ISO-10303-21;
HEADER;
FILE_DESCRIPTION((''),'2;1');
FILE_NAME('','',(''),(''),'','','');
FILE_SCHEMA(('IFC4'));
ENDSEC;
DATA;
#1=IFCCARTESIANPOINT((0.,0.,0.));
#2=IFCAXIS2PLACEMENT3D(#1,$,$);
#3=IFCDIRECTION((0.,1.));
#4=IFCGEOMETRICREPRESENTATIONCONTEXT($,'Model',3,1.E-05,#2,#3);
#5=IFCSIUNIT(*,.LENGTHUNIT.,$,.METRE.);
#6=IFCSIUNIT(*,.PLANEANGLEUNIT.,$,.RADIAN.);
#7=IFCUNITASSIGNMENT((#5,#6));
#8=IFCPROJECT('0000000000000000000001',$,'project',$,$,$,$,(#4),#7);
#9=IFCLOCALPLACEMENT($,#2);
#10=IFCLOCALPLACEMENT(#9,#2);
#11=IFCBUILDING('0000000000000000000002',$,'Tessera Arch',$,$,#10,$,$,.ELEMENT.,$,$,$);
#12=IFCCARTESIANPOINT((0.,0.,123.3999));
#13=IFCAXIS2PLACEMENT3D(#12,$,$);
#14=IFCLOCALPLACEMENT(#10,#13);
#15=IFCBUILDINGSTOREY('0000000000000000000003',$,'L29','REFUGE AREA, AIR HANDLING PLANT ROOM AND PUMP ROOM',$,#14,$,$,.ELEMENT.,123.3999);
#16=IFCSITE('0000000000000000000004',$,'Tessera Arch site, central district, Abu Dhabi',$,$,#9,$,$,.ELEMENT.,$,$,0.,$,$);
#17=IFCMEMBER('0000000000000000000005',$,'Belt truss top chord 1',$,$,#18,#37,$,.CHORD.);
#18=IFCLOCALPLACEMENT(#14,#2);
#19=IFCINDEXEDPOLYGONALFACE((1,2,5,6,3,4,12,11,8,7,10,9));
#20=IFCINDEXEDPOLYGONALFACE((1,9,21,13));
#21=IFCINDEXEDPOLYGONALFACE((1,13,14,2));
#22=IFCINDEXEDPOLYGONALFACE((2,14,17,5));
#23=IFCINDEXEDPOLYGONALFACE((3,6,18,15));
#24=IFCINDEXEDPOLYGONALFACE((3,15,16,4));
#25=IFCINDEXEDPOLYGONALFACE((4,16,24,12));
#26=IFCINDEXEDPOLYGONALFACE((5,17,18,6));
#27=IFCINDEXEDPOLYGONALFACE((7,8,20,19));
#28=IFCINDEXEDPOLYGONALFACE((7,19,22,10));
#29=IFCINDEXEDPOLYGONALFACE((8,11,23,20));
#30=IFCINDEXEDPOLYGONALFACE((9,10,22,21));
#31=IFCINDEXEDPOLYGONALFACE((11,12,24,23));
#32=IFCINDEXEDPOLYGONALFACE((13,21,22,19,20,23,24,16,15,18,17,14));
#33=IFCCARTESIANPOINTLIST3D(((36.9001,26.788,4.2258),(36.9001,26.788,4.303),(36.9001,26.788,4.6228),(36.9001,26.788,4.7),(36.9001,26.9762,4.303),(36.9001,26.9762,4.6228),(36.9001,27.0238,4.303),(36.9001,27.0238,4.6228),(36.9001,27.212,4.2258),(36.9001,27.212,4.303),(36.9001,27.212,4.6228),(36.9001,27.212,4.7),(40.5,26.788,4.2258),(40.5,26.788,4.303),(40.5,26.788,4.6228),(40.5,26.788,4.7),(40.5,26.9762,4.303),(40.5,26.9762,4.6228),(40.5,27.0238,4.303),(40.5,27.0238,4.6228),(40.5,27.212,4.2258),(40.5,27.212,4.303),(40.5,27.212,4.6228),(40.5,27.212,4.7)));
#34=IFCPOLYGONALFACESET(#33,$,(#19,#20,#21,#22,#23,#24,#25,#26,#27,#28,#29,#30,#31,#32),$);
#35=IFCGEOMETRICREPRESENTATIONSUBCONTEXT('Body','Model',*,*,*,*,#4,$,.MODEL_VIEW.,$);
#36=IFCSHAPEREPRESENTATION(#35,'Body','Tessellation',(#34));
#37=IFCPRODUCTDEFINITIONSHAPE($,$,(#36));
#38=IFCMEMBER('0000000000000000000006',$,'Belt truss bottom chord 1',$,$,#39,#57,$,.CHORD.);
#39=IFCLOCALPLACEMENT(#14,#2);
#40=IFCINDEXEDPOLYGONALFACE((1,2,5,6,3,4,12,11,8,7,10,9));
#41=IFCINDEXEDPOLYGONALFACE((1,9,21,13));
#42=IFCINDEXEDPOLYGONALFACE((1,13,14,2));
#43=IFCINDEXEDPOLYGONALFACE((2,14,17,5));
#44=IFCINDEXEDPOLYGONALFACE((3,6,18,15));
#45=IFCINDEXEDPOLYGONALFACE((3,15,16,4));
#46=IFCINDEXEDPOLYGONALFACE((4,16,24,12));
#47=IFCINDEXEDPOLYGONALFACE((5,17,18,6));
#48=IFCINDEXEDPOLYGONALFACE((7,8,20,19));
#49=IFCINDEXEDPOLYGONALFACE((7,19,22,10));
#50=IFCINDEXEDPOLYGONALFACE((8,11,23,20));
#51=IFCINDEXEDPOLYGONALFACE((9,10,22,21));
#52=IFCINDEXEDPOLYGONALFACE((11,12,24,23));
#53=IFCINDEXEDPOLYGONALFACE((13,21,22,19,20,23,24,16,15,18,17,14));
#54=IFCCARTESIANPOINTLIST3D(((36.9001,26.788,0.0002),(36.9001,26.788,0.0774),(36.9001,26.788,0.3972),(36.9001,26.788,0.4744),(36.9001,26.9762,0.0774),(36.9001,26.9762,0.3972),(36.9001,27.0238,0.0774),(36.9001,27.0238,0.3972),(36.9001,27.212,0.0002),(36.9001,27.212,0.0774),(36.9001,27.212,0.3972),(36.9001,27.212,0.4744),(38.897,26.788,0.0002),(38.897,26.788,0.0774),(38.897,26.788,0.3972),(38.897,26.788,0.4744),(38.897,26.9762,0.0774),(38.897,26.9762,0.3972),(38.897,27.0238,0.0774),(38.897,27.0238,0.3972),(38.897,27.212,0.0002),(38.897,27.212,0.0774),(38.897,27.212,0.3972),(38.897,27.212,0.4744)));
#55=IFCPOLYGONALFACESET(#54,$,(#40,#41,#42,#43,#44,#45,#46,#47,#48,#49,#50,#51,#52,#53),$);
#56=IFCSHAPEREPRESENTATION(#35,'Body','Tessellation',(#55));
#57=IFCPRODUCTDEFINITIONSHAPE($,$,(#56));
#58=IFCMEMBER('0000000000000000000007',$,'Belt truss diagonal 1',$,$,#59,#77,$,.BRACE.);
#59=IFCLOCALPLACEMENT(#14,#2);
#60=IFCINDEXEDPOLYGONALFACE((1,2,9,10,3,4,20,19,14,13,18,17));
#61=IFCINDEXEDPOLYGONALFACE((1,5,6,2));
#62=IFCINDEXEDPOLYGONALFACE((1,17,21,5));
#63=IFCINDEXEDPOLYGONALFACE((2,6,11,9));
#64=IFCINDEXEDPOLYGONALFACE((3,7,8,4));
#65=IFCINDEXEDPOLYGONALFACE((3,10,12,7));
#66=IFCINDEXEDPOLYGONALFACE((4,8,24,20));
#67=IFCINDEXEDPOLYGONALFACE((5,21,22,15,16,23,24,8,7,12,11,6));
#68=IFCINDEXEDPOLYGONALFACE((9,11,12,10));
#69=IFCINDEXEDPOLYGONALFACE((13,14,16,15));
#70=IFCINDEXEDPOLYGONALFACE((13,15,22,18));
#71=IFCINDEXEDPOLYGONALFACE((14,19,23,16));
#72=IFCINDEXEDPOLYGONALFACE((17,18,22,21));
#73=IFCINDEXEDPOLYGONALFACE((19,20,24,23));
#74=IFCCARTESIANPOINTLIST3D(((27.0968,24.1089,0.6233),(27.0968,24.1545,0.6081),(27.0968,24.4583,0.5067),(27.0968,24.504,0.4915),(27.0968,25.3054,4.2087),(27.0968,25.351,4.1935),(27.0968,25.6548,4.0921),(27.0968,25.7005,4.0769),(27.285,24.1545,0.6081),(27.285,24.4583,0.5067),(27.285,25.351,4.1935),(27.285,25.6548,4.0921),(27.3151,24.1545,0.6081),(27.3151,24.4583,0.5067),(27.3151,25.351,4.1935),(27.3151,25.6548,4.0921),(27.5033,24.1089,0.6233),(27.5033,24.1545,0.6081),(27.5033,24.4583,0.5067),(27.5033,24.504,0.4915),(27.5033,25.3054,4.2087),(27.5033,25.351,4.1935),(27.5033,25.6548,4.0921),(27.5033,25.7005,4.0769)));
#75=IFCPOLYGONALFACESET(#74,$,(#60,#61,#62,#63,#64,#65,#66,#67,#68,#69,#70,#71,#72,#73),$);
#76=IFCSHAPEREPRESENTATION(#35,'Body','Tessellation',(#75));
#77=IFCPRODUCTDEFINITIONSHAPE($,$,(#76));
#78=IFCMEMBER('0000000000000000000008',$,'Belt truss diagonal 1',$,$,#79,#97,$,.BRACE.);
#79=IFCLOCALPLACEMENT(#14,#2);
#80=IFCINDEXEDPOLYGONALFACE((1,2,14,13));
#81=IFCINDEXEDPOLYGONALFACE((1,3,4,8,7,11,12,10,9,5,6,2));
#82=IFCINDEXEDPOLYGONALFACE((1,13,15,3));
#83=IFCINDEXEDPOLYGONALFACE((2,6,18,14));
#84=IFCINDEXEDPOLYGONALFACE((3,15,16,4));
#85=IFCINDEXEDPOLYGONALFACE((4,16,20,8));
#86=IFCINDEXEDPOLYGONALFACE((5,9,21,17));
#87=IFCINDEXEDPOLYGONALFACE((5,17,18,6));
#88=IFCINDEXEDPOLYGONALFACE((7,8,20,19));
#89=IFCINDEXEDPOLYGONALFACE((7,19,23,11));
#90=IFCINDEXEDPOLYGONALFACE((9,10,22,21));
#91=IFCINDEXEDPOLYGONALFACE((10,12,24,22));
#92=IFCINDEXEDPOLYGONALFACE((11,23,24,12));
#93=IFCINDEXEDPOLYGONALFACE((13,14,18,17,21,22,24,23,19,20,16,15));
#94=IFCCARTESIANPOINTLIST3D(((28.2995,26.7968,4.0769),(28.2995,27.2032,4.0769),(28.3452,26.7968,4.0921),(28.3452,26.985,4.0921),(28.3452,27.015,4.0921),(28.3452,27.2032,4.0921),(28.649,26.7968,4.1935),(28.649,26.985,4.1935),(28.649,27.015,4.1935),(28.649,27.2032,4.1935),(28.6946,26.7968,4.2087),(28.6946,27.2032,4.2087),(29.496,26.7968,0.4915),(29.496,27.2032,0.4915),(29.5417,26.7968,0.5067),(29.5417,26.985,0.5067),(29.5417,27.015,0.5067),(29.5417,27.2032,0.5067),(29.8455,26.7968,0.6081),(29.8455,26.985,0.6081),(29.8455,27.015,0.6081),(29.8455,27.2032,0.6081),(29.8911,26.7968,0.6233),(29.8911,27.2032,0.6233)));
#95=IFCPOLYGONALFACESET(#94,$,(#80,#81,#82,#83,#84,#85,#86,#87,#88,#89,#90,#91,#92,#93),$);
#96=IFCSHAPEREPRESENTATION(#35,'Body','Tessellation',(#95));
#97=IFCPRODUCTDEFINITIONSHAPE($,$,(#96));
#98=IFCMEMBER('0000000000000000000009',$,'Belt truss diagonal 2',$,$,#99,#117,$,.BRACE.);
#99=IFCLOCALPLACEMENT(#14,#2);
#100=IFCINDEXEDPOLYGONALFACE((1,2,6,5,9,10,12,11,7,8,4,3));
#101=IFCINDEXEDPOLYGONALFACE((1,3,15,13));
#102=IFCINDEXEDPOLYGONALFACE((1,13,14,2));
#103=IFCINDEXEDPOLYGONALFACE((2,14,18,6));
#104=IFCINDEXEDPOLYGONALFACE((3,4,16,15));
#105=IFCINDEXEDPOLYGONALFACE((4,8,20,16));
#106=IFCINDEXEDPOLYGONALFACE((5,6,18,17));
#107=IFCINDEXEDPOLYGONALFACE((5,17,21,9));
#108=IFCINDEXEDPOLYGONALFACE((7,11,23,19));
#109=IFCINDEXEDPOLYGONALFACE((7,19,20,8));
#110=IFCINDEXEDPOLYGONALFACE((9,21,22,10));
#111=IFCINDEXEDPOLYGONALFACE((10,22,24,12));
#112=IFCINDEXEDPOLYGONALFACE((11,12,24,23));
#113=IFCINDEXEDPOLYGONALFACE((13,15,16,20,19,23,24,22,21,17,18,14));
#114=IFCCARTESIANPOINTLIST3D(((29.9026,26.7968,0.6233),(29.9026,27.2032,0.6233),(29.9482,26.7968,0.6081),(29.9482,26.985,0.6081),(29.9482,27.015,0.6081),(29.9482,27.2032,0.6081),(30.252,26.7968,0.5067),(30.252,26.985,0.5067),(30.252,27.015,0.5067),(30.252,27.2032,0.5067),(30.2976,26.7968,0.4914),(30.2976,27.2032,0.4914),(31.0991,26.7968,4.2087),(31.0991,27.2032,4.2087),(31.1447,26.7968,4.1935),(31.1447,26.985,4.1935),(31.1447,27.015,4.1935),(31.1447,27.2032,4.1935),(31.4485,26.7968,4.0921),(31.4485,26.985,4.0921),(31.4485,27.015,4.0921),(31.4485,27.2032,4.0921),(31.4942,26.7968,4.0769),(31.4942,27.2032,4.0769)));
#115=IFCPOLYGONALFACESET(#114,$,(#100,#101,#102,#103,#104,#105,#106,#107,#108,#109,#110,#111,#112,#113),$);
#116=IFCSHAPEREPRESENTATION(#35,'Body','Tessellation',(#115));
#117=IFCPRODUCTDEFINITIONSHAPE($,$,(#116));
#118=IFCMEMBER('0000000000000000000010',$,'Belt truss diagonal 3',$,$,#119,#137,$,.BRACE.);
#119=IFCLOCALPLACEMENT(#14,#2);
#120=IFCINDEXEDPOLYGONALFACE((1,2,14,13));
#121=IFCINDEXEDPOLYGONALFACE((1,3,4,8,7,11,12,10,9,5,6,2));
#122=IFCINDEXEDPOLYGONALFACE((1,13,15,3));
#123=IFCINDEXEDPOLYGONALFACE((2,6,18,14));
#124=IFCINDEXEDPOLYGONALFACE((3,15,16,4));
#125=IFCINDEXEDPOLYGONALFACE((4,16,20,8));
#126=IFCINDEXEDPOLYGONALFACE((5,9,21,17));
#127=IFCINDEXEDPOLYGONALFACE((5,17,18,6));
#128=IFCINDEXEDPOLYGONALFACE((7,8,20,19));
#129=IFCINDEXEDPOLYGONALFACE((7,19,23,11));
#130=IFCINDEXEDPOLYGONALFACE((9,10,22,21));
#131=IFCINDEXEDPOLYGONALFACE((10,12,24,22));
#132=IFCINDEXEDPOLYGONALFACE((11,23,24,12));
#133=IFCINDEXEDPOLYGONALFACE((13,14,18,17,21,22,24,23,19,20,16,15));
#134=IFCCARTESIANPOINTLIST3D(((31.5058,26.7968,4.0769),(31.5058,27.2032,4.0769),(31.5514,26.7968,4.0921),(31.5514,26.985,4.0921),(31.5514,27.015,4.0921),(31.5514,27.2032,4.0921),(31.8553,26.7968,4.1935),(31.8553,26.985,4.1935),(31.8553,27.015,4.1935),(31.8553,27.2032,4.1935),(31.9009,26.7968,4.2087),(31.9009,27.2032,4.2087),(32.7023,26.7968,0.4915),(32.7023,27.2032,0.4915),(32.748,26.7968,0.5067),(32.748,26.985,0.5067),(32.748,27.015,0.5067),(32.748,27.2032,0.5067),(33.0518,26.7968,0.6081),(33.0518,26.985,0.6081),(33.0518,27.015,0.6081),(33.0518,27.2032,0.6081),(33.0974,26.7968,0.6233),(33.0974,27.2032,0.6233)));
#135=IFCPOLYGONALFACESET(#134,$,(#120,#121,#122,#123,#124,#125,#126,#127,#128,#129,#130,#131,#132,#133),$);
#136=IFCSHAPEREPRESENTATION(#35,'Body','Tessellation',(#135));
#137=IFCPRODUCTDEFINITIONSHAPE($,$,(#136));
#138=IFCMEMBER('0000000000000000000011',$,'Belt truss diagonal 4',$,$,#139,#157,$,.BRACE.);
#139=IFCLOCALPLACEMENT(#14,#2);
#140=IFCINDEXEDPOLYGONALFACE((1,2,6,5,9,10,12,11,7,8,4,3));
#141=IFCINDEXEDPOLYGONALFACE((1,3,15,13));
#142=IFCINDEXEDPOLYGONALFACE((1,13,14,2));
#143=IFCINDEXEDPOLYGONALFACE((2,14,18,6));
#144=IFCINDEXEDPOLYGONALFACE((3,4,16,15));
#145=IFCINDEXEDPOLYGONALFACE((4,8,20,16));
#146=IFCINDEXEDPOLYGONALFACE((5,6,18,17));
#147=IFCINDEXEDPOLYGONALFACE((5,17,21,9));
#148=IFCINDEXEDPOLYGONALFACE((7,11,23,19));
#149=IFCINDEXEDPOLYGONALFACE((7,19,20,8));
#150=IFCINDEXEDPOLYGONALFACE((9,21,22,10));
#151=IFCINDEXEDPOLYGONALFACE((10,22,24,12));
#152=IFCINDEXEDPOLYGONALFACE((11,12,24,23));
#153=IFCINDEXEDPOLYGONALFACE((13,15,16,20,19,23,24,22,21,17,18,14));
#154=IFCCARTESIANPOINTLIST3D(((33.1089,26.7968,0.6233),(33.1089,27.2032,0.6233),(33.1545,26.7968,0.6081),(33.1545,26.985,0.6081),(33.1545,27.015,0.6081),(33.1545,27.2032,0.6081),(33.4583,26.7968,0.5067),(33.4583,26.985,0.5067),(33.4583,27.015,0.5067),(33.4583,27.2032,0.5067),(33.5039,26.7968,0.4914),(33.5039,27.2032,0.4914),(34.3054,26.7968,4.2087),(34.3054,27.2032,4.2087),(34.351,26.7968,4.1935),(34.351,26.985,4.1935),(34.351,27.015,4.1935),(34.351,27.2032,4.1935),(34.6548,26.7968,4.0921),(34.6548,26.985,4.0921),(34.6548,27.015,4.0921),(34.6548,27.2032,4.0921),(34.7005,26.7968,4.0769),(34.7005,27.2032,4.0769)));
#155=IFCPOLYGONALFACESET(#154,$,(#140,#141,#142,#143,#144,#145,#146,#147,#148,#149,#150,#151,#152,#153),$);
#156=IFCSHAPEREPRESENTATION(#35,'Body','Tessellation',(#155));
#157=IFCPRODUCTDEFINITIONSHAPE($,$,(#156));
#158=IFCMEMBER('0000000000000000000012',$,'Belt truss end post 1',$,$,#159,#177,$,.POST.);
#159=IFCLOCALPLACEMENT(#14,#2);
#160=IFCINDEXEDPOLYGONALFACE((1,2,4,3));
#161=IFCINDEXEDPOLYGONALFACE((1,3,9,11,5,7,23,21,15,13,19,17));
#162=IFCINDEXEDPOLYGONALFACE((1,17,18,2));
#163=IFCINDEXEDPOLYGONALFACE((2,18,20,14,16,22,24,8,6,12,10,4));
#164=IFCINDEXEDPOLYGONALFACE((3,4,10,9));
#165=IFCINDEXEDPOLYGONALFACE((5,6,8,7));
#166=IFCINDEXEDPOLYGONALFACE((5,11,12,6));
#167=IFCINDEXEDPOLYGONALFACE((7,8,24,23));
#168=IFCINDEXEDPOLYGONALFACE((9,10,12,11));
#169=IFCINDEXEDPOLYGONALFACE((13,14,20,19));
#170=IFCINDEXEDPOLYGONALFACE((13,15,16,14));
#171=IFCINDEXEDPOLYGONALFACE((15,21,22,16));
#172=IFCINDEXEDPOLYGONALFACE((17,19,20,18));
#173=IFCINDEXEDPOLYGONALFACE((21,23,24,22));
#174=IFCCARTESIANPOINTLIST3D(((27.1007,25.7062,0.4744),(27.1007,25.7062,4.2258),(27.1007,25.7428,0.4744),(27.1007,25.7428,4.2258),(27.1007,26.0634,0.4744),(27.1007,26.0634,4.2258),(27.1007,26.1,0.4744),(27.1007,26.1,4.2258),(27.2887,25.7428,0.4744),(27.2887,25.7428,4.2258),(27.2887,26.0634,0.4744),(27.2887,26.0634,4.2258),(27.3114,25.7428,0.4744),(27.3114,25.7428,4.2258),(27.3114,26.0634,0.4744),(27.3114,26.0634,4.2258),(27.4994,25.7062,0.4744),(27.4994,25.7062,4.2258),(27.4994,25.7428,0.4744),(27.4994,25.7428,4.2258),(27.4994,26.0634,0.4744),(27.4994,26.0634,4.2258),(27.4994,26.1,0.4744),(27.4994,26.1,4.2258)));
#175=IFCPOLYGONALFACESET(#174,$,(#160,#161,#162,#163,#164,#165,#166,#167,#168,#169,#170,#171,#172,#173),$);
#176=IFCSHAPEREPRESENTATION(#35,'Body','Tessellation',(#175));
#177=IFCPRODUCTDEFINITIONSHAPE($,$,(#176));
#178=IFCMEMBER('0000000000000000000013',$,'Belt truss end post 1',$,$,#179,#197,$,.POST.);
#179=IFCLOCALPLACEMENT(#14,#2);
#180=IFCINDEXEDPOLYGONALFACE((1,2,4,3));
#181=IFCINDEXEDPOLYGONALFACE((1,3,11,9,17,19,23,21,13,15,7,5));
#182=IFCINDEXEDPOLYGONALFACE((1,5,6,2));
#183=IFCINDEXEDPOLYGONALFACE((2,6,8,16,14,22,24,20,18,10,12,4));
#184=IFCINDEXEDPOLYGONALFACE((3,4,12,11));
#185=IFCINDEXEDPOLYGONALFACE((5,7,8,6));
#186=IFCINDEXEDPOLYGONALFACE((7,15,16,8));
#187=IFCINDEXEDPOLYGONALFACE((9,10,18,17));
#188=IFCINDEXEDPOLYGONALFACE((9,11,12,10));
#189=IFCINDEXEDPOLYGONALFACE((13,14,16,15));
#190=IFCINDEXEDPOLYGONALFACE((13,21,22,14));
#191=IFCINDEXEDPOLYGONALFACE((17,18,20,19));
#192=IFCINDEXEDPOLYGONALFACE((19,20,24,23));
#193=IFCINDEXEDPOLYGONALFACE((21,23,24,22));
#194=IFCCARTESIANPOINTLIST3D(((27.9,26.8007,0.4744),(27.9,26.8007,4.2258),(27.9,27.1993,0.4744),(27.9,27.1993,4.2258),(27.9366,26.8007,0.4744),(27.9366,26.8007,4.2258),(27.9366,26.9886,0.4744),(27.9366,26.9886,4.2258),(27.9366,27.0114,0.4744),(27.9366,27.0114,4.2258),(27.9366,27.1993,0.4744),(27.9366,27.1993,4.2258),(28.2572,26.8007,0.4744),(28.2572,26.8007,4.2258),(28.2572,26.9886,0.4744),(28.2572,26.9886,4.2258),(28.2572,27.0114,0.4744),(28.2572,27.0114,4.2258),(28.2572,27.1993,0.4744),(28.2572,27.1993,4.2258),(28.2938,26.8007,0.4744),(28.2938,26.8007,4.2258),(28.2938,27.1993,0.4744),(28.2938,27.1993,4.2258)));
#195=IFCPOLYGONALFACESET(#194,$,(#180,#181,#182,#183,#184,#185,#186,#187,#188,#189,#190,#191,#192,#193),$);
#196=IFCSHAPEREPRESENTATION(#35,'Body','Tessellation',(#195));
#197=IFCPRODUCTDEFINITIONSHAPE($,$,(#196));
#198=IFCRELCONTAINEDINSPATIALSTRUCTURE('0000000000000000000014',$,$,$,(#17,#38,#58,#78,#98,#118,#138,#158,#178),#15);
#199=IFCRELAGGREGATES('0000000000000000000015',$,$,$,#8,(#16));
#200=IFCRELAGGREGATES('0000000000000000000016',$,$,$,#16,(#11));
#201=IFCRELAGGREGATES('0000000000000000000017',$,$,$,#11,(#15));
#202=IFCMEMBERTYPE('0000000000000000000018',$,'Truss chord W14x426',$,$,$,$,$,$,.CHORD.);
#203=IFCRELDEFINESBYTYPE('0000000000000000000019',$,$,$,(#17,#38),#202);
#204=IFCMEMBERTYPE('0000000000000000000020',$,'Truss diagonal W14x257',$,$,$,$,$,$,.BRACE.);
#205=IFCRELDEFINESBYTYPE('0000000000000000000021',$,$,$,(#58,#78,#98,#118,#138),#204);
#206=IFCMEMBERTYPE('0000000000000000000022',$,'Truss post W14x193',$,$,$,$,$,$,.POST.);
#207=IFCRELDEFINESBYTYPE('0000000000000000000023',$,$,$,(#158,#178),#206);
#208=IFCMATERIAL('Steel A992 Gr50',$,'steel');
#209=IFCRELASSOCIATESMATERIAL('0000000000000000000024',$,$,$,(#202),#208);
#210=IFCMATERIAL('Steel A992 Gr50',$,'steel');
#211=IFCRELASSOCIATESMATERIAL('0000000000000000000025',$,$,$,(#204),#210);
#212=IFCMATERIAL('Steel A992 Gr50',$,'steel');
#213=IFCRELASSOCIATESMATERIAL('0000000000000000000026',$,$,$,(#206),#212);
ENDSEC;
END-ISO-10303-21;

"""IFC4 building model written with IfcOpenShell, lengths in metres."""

from ifc_helpers import new_model, si_unit, direction, frame, origin, origin_2d, place, context, subcontext, project, spatial, i_section, extrude, material, material_profile, profile_set, type_object, element, save


model = new_model("IFC4")

# Units and contexts
model_context = context("Model", 3, precision=1e-05, world=origin(), true_north=direction((0.0, 1.0)))
body_context = subcontext(model_context, "Body", "Model", "MODEL_VIEW")
ifc_project = project(units=[si_unit("LENGTHUNIT", "METRE"), si_unit("PLANEANGLEUNIT", "RADIAN")], contexts=[model_context])

# Site, building, storey
site_placement = place(None, origin())
site = spatial("IfcSite", under=ifc_project, at=site_placement, Name="Tessera Arch site, central district, Abu Dhabi", CompositionType="ELEMENT", RefElevation=0.0)
building_placement = place(site_placement, origin())
building = spatial("IfcBuilding", under=site, at=building_placement, Name="Tessera Arch", CompositionType="ELEMENT")
storey_placement = place(building_placement, frame((0.0, 0.0, 123.3999)))
storey = spatial("IfcBuildingStorey", under=building, at=storey_placement, Name="L29", Description="REFUGE AREA, AIR HANDLING PLANT ROOM AND PUMP ROOM", CompositionType="ELEMENT", Elevation=123.3999)

# Members
ifc_material_1 = material(Name="Steel A992 Gr50", Category="steel")
ifc_material_profile_1 = material_profile(ifc_material_1, i_section(OverallWidth=0.4241, OverallDepth=0.4741, WebThickness=0.0476, FlangeThickness=0.0771, at=origin_2d()), Name="W14x426")
ifc_profile_set_1 = profile_set([ifc_material_profile_1], Name="Steel A992 Gr50")
member_type_1 = type_object("IfcMemberType", Name="Truss chord W14x426", PredefinedType="CHORD", material=ifc_profile_set_1)
member_1_placement = place(storey_placement, frame((36.9001, 27.0, 4.4629), z_axis=(1.0, 0.0, 0.0), x_axis=(0.0, 1.0, 0.0)))
element("IfcMember", 1, at=member_1_placement, inside=storey, type_object=member_type_1, Name="Belt truss top chord 1", PredefinedType="CHORD", context=body_context, shape_type="SweptSolid", body=[
    extrude(i_section(OverallWidth=0.4241, OverallDepth=0.4741, WebThickness=0.0476, FlangeThickness=0.0771, at=origin_2d()), origin(), (0.0, 0.0, 1.0), 3.5999),
])
member_2_placement = place(storey_placement, frame((36.9001, 27.0, 0.2373), z_axis=(1.0, 0.0, 0.0), x_axis=(0.0, 1.0, 0.0)))
element("IfcMember", 2, at=member_2_placement, inside=storey, type_object=member_type_1, Name="Belt truss bottom chord 1", PredefinedType="CHORD", context=body_context, shape_type="SweptSolid", body=[
    extrude(i_section(OverallWidth=0.4241, OverallDepth=0.4741, WebThickness=0.0476, FlangeThickness=0.0771, at=origin_2d()), origin(), (0.0, 0.0, 1.0), 1.9968),
])
ifc_material_2 = material(Name="Steel A992 Gr50", Category="steel")
ifc_material_profile_2 = material_profile(ifc_material_2, i_section(OverallWidth=0.4065, OverallDepth=0.4165, WebThickness=0.03, FlangeThickness=0.0481, at=origin_2d()), Name="W14x257")
ifc_profile_set_2 = profile_set([ifc_material_profile_2], Name="Steel A992 Gr50")
member_type_2 = type_object("IfcMemberType", Name="Truss diagonal W14x257", PredefinedType="BRACE", material=ifc_profile_set_2)
for number, where, z_axis, x_axis, name in (
    (3, (27.3, 25.5029, 4.1428), (0.0, -0.316557, -0.948573), (1.0, 0.0, 0.0), "Belt truss diagonal 1"),
    (4, (28.4971, 27.0, 4.1428), (0.316557, 0.0, -0.948573), (0.0, 1.0, 0.0), "Belt truss diagonal 1"),
    (5, (30.1001, 27.0, 0.5574), (0.316557, 0.0, 0.948573), (0.0, 1.0, 0.0), "Belt truss diagonal 2"),
    (6, (31.7034, 27.0, 4.1428), (0.316557, 0.0, -0.948573), (0.0, 1.0, 0.0), "Belt truss diagonal 3"),
    (7, (33.3064, 27.0, 0.5574), (0.316557, 0.0, 0.948573), (0.0, 1.0, 0.0), "Belt truss diagonal 4"),
):
    element("IfcMember", number, at=place(storey_placement, frame(where, z_axis=z_axis, x_axis=x_axis)), inside=storey, type_object=member_type_2, Name=name, PredefinedType="BRACE", context=body_context, shape_type="SweptSolid", body=[
        extrude(i_section(OverallWidth=0.4065, OverallDepth=0.4165, WebThickness=0.03, FlangeThickness=0.0481, at=origin_2d()), origin(), (0.0, 0.0, 1.0), 3.7798),
    ])
ifc_material_3 = material(Name="Steel A992 Gr50", Category="steel")
ifc_material_profile_3 = material_profile(ifc_material_3, i_section(OverallWidth=0.3987, OverallDepth=0.3938, WebThickness=0.0227, FlangeThickness=0.0366, at=origin_2d()), Name="W14x193")
ifc_profile_set_3 = profile_set([ifc_material_profile_3], Name="Steel A992 Gr50")
member_type_3 = type_object("IfcMemberType", Name="Truss post W14x193", PredefinedType="POST", material=ifc_profile_set_3)
for number, where, z_axis, x_axis, name in (
    (8, (27.3, 25.9031, 0.4744), (0.0, 0.0, 1.0), (1.0, 0.0, 0.0), "Belt truss end post 1"),
    (9, (28.0969, 27.0, 0.4744), (0.0, 0.0, 1.0), (0.0, 1.0, 0.0), "Belt truss end post 1"),
):
    element("IfcMember", number, at=place(storey_placement, frame(where, z_axis=z_axis, x_axis=x_axis)), inside=storey, type_object=member_type_3, Name=name, PredefinedType="POST", context=body_context, shape_type="SweptSolid", body=[
        extrude(i_section(OverallWidth=0.3987, OverallDepth=0.3938, WebThickness=0.0227, FlangeThickness=0.0366, at=origin_2d()), origin(), (0.0, 0.0, 1.0), 3.7515),
    ])

save(model, "model.ifc")
